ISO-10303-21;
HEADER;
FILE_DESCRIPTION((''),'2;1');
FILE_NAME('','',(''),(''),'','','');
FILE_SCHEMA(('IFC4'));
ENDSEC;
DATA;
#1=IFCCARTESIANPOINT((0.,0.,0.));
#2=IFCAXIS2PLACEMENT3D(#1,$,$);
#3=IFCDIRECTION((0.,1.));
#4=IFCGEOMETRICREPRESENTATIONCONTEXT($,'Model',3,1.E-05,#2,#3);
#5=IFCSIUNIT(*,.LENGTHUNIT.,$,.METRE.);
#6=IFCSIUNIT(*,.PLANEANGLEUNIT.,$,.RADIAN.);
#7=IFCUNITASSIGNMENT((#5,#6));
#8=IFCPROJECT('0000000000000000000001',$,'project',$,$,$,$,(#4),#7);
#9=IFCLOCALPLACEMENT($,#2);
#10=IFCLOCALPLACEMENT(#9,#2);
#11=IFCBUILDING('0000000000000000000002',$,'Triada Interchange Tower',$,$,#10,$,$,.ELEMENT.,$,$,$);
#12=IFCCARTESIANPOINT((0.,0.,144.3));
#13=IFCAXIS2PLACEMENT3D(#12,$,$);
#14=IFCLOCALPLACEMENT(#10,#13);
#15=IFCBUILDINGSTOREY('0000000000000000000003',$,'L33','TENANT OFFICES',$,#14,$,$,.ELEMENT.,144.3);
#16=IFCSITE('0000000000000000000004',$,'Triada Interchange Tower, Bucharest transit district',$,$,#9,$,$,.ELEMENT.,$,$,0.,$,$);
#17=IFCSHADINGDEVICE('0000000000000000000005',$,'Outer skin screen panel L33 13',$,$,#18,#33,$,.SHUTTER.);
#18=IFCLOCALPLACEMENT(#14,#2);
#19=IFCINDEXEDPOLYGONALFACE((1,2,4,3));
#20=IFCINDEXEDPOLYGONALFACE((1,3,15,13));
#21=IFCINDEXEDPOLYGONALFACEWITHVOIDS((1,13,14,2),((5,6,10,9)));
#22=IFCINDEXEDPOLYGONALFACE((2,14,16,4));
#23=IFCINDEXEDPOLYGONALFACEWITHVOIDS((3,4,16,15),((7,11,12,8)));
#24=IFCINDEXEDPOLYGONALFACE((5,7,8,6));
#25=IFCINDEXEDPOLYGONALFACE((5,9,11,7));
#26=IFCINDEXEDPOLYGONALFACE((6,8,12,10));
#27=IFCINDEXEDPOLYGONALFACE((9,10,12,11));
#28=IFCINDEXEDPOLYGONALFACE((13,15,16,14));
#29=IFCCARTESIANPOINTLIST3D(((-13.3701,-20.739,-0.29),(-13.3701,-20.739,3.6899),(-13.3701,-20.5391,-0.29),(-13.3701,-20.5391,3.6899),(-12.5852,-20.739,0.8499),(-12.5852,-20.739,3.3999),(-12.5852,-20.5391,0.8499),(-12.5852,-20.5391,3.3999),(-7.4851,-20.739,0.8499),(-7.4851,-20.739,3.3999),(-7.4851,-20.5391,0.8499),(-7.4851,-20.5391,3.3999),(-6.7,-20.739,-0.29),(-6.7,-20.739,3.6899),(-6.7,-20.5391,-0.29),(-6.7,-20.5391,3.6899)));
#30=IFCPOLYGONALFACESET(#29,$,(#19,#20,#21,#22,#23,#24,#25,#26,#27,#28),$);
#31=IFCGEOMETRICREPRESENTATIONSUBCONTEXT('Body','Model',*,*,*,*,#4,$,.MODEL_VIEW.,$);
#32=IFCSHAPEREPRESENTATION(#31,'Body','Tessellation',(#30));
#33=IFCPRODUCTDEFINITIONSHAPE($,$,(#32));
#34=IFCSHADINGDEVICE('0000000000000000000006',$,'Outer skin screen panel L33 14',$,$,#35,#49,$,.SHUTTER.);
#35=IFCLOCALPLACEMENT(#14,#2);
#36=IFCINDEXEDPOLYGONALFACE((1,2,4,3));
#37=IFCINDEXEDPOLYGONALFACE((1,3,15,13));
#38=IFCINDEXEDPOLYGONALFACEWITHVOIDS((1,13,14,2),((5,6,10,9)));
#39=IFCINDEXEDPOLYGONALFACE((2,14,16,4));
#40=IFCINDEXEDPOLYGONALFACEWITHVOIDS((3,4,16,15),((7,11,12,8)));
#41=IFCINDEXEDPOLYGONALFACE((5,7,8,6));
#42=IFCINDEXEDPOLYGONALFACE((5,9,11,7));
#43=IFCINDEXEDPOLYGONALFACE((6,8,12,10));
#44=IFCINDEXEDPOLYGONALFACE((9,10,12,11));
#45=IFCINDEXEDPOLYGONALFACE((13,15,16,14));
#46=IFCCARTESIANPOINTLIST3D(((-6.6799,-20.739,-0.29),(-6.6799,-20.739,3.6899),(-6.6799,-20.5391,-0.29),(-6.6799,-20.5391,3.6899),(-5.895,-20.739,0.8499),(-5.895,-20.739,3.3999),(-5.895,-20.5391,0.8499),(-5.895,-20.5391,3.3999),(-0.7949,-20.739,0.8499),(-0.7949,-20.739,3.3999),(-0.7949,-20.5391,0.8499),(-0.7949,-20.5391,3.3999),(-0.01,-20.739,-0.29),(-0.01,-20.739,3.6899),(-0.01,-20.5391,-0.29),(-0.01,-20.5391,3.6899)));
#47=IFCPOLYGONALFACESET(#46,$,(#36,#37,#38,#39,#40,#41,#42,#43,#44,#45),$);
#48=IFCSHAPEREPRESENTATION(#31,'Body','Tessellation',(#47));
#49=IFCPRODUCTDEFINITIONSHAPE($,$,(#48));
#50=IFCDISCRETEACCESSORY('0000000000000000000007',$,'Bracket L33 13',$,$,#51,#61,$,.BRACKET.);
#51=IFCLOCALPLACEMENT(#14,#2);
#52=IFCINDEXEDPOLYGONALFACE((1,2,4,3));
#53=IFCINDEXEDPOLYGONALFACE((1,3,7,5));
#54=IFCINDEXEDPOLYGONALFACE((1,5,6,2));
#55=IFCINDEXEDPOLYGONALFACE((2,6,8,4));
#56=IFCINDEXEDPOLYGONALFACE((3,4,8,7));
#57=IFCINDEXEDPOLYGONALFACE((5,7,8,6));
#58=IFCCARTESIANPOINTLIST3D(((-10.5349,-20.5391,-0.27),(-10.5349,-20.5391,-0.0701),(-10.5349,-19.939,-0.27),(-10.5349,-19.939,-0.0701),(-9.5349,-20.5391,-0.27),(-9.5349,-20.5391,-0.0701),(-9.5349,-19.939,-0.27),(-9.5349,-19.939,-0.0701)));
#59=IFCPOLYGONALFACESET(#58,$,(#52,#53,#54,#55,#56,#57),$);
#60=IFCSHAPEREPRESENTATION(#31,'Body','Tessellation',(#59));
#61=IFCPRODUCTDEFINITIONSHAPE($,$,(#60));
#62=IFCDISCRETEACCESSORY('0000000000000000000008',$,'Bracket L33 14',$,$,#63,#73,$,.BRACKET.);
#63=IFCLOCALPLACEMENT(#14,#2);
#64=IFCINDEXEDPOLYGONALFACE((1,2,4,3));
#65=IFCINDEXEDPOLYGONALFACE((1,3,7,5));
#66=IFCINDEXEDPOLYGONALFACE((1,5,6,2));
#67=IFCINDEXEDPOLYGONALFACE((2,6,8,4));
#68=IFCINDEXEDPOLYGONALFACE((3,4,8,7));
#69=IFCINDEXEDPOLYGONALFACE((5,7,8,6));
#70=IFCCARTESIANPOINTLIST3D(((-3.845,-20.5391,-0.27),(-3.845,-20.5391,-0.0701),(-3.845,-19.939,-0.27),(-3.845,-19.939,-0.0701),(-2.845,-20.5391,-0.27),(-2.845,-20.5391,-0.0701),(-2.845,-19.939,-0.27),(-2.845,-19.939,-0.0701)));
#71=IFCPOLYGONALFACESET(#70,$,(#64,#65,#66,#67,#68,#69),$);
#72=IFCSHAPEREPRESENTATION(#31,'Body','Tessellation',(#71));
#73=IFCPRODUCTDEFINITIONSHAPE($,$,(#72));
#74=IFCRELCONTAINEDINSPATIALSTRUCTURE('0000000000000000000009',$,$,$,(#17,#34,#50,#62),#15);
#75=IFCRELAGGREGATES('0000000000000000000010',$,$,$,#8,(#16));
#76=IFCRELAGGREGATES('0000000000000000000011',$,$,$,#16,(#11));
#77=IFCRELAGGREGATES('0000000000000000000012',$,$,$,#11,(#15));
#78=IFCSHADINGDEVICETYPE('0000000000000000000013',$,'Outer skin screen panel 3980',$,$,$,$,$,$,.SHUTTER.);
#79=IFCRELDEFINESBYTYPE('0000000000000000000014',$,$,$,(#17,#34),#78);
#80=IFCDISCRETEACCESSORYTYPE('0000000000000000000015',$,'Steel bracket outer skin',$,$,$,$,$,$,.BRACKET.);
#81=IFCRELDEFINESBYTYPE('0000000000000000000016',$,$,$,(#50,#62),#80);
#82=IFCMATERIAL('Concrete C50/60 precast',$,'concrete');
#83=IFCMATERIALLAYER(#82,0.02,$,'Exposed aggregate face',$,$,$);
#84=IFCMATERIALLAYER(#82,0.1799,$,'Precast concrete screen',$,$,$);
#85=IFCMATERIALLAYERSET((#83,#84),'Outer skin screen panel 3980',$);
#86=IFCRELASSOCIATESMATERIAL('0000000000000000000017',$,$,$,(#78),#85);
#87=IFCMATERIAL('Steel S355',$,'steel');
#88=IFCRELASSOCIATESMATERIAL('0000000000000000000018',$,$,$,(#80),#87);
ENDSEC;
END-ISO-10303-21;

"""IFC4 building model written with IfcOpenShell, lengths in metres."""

from ifc_helpers import new_model, si_unit, direction, frame, origin, origin_2d, place, context, subcontext, project, spatial, polyline, rectangle, outline, extrude, material, layer, layer_set, type_object, element, save


model = new_model("IFC4")

# Units and contexts
model_context = context("Model", 3, precision=1e-05, world=origin(), true_north=direction((0.0, 1.0)))
body_context = subcontext(model_context, "Body", "Model", "MODEL_VIEW")
ifc_project = project(units=[si_unit("LENGTHUNIT", "METRE"), si_unit("PLANEANGLEUNIT", "RADIAN")], contexts=[model_context])

# Site, building, storey
site_placement = place(None, origin())
site = spatial("IfcSite", under=ifc_project, at=site_placement, Name="Triada Interchange Tower, Bucharest transit district", CompositionType="ELEMENT", RefElevation=0.0)
building_placement = place(site_placement, origin())
building = spatial("IfcBuilding", under=site, at=building_placement, Name="Triada Interchange Tower", CompositionType="ELEMENT")
storey_placement = place(building_placement, frame((0.0, 0.0, 144.3)))
storey = spatial("IfcBuildingStorey", under=building, at=storey_placement, Name="L33", Description="TENANT OFFICES", CompositionType="ELEMENT", Elevation=144.3)

# Shading devices
ifc_material_1 = material(Name="Concrete C50/60 precast", Category="concrete")
ifc_layer_1 = layer(ifc_material_1, 0.02, Name="Exposed aggregate face")
ifc_layer_2 = layer(ifc_material_1, 0.1799, Name="Precast concrete screen")
ifc_layer_set_1 = layer_set([ifc_layer_1, ifc_layer_2], Name="Outer skin screen panel 3980")
shading_device_type = type_object("IfcShadingDeviceType", Name="Outer skin screen panel 3980", PredefinedType="SHUTTER", material=ifc_layer_set_1)
shading_device_1_placement = place(storey_placement, frame((-13.3701, -20.5391, -0.29), z_axis=(0.0, 0.0, 1.0), x_axis=(1.0, 0.0, 0.0)))
element("IfcShadingDevice", 1, at=shading_device_1_placement, inside=storey, type_object=shading_device_type, Name="Outer skin screen panel L33 13", PredefinedType="SHUTTER", context=body_context, shape_type="SweptSolid", body=[
    extrude(outline(polyline([(0.0, 0.0), (6.6702, 0.0), (6.6702, 3.98), (0.0, 3.98), (0.0, 0.0)]), holes=[polyline([(0.7849, 1.1399), (0.7849, 3.6899), (5.885, 3.6899), (5.885, 1.1399), (0.7849, 1.1399)])]), frame((0.0, 0.0, 0.0), z_axis=(0.0, -1.0, 0.0), x_axis=(1.0, 0.0, 0.0)), (0.0, 0.0, 1.0), 0.2),
])
shading_device_2_placement = place(storey_placement, frame((-6.6799, -20.5391, -0.29), z_axis=(0.0, 0.0, 1.0), x_axis=(1.0, 0.0, 0.0)))
element("IfcShadingDevice", 2, at=shading_device_2_placement, inside=storey, type_object=shading_device_type, Name="Outer skin screen panel L33 14", PredefinedType="SHUTTER", context=body_context, shape_type="SweptSolid", body=[
    extrude(outline(polyline([(0.0, 0.0), (6.6699, 0.0), (6.6699, 3.98), (0.0, 3.98), (0.0, 0.0)]), holes=[polyline([(0.7849, 1.1399), (0.7849, 3.6899), (5.885, 3.6899), (5.885, 1.1399), (0.7849, 1.1399)])]), frame((0.0, 0.0, 0.0), z_axis=(0.0, -1.0, 0.0), x_axis=(1.0, 0.0, 0.0)), (0.0, 0.0, 1.0), 0.2),
])

# Discrete accessories
ifc_material_2 = material(Name="Steel S355", Category="steel")
discrete_accessory_type = type_object("IfcDiscreteAccessoryType", Name="Steel bracket outer skin", PredefinedType="BRACKET", material=ifc_material_2)
for number, where, z_axis, x_axis, name in (
    (3, (-10.0349, -20.239, -0.27), (0.0, 0.0, 1.0), (0.0, -1.0, 0.0), "Bracket L33 13"),
    (4, (-3.345, -20.239, -0.27), (0.0, 0.0, 1.0), (0.0, -1.0, 0.0), "Bracket L33 14"),
):
    element("IfcDiscreteAccessory", number, at=place(storey_placement, frame(where, z_axis=z_axis, x_axis=x_axis)), inside=storey, type_object=discrete_accessory_type, Name=name, PredefinedType="BRACKET", context=body_context, shape_type="SweptSolid", body=[
        extrude(rectangle(XDim=0.6001, YDim=1.0, at=origin_2d()), origin(), (0.0, 0.0, 1.0), 0.2),
    ])

save(model, "model.ifc")
